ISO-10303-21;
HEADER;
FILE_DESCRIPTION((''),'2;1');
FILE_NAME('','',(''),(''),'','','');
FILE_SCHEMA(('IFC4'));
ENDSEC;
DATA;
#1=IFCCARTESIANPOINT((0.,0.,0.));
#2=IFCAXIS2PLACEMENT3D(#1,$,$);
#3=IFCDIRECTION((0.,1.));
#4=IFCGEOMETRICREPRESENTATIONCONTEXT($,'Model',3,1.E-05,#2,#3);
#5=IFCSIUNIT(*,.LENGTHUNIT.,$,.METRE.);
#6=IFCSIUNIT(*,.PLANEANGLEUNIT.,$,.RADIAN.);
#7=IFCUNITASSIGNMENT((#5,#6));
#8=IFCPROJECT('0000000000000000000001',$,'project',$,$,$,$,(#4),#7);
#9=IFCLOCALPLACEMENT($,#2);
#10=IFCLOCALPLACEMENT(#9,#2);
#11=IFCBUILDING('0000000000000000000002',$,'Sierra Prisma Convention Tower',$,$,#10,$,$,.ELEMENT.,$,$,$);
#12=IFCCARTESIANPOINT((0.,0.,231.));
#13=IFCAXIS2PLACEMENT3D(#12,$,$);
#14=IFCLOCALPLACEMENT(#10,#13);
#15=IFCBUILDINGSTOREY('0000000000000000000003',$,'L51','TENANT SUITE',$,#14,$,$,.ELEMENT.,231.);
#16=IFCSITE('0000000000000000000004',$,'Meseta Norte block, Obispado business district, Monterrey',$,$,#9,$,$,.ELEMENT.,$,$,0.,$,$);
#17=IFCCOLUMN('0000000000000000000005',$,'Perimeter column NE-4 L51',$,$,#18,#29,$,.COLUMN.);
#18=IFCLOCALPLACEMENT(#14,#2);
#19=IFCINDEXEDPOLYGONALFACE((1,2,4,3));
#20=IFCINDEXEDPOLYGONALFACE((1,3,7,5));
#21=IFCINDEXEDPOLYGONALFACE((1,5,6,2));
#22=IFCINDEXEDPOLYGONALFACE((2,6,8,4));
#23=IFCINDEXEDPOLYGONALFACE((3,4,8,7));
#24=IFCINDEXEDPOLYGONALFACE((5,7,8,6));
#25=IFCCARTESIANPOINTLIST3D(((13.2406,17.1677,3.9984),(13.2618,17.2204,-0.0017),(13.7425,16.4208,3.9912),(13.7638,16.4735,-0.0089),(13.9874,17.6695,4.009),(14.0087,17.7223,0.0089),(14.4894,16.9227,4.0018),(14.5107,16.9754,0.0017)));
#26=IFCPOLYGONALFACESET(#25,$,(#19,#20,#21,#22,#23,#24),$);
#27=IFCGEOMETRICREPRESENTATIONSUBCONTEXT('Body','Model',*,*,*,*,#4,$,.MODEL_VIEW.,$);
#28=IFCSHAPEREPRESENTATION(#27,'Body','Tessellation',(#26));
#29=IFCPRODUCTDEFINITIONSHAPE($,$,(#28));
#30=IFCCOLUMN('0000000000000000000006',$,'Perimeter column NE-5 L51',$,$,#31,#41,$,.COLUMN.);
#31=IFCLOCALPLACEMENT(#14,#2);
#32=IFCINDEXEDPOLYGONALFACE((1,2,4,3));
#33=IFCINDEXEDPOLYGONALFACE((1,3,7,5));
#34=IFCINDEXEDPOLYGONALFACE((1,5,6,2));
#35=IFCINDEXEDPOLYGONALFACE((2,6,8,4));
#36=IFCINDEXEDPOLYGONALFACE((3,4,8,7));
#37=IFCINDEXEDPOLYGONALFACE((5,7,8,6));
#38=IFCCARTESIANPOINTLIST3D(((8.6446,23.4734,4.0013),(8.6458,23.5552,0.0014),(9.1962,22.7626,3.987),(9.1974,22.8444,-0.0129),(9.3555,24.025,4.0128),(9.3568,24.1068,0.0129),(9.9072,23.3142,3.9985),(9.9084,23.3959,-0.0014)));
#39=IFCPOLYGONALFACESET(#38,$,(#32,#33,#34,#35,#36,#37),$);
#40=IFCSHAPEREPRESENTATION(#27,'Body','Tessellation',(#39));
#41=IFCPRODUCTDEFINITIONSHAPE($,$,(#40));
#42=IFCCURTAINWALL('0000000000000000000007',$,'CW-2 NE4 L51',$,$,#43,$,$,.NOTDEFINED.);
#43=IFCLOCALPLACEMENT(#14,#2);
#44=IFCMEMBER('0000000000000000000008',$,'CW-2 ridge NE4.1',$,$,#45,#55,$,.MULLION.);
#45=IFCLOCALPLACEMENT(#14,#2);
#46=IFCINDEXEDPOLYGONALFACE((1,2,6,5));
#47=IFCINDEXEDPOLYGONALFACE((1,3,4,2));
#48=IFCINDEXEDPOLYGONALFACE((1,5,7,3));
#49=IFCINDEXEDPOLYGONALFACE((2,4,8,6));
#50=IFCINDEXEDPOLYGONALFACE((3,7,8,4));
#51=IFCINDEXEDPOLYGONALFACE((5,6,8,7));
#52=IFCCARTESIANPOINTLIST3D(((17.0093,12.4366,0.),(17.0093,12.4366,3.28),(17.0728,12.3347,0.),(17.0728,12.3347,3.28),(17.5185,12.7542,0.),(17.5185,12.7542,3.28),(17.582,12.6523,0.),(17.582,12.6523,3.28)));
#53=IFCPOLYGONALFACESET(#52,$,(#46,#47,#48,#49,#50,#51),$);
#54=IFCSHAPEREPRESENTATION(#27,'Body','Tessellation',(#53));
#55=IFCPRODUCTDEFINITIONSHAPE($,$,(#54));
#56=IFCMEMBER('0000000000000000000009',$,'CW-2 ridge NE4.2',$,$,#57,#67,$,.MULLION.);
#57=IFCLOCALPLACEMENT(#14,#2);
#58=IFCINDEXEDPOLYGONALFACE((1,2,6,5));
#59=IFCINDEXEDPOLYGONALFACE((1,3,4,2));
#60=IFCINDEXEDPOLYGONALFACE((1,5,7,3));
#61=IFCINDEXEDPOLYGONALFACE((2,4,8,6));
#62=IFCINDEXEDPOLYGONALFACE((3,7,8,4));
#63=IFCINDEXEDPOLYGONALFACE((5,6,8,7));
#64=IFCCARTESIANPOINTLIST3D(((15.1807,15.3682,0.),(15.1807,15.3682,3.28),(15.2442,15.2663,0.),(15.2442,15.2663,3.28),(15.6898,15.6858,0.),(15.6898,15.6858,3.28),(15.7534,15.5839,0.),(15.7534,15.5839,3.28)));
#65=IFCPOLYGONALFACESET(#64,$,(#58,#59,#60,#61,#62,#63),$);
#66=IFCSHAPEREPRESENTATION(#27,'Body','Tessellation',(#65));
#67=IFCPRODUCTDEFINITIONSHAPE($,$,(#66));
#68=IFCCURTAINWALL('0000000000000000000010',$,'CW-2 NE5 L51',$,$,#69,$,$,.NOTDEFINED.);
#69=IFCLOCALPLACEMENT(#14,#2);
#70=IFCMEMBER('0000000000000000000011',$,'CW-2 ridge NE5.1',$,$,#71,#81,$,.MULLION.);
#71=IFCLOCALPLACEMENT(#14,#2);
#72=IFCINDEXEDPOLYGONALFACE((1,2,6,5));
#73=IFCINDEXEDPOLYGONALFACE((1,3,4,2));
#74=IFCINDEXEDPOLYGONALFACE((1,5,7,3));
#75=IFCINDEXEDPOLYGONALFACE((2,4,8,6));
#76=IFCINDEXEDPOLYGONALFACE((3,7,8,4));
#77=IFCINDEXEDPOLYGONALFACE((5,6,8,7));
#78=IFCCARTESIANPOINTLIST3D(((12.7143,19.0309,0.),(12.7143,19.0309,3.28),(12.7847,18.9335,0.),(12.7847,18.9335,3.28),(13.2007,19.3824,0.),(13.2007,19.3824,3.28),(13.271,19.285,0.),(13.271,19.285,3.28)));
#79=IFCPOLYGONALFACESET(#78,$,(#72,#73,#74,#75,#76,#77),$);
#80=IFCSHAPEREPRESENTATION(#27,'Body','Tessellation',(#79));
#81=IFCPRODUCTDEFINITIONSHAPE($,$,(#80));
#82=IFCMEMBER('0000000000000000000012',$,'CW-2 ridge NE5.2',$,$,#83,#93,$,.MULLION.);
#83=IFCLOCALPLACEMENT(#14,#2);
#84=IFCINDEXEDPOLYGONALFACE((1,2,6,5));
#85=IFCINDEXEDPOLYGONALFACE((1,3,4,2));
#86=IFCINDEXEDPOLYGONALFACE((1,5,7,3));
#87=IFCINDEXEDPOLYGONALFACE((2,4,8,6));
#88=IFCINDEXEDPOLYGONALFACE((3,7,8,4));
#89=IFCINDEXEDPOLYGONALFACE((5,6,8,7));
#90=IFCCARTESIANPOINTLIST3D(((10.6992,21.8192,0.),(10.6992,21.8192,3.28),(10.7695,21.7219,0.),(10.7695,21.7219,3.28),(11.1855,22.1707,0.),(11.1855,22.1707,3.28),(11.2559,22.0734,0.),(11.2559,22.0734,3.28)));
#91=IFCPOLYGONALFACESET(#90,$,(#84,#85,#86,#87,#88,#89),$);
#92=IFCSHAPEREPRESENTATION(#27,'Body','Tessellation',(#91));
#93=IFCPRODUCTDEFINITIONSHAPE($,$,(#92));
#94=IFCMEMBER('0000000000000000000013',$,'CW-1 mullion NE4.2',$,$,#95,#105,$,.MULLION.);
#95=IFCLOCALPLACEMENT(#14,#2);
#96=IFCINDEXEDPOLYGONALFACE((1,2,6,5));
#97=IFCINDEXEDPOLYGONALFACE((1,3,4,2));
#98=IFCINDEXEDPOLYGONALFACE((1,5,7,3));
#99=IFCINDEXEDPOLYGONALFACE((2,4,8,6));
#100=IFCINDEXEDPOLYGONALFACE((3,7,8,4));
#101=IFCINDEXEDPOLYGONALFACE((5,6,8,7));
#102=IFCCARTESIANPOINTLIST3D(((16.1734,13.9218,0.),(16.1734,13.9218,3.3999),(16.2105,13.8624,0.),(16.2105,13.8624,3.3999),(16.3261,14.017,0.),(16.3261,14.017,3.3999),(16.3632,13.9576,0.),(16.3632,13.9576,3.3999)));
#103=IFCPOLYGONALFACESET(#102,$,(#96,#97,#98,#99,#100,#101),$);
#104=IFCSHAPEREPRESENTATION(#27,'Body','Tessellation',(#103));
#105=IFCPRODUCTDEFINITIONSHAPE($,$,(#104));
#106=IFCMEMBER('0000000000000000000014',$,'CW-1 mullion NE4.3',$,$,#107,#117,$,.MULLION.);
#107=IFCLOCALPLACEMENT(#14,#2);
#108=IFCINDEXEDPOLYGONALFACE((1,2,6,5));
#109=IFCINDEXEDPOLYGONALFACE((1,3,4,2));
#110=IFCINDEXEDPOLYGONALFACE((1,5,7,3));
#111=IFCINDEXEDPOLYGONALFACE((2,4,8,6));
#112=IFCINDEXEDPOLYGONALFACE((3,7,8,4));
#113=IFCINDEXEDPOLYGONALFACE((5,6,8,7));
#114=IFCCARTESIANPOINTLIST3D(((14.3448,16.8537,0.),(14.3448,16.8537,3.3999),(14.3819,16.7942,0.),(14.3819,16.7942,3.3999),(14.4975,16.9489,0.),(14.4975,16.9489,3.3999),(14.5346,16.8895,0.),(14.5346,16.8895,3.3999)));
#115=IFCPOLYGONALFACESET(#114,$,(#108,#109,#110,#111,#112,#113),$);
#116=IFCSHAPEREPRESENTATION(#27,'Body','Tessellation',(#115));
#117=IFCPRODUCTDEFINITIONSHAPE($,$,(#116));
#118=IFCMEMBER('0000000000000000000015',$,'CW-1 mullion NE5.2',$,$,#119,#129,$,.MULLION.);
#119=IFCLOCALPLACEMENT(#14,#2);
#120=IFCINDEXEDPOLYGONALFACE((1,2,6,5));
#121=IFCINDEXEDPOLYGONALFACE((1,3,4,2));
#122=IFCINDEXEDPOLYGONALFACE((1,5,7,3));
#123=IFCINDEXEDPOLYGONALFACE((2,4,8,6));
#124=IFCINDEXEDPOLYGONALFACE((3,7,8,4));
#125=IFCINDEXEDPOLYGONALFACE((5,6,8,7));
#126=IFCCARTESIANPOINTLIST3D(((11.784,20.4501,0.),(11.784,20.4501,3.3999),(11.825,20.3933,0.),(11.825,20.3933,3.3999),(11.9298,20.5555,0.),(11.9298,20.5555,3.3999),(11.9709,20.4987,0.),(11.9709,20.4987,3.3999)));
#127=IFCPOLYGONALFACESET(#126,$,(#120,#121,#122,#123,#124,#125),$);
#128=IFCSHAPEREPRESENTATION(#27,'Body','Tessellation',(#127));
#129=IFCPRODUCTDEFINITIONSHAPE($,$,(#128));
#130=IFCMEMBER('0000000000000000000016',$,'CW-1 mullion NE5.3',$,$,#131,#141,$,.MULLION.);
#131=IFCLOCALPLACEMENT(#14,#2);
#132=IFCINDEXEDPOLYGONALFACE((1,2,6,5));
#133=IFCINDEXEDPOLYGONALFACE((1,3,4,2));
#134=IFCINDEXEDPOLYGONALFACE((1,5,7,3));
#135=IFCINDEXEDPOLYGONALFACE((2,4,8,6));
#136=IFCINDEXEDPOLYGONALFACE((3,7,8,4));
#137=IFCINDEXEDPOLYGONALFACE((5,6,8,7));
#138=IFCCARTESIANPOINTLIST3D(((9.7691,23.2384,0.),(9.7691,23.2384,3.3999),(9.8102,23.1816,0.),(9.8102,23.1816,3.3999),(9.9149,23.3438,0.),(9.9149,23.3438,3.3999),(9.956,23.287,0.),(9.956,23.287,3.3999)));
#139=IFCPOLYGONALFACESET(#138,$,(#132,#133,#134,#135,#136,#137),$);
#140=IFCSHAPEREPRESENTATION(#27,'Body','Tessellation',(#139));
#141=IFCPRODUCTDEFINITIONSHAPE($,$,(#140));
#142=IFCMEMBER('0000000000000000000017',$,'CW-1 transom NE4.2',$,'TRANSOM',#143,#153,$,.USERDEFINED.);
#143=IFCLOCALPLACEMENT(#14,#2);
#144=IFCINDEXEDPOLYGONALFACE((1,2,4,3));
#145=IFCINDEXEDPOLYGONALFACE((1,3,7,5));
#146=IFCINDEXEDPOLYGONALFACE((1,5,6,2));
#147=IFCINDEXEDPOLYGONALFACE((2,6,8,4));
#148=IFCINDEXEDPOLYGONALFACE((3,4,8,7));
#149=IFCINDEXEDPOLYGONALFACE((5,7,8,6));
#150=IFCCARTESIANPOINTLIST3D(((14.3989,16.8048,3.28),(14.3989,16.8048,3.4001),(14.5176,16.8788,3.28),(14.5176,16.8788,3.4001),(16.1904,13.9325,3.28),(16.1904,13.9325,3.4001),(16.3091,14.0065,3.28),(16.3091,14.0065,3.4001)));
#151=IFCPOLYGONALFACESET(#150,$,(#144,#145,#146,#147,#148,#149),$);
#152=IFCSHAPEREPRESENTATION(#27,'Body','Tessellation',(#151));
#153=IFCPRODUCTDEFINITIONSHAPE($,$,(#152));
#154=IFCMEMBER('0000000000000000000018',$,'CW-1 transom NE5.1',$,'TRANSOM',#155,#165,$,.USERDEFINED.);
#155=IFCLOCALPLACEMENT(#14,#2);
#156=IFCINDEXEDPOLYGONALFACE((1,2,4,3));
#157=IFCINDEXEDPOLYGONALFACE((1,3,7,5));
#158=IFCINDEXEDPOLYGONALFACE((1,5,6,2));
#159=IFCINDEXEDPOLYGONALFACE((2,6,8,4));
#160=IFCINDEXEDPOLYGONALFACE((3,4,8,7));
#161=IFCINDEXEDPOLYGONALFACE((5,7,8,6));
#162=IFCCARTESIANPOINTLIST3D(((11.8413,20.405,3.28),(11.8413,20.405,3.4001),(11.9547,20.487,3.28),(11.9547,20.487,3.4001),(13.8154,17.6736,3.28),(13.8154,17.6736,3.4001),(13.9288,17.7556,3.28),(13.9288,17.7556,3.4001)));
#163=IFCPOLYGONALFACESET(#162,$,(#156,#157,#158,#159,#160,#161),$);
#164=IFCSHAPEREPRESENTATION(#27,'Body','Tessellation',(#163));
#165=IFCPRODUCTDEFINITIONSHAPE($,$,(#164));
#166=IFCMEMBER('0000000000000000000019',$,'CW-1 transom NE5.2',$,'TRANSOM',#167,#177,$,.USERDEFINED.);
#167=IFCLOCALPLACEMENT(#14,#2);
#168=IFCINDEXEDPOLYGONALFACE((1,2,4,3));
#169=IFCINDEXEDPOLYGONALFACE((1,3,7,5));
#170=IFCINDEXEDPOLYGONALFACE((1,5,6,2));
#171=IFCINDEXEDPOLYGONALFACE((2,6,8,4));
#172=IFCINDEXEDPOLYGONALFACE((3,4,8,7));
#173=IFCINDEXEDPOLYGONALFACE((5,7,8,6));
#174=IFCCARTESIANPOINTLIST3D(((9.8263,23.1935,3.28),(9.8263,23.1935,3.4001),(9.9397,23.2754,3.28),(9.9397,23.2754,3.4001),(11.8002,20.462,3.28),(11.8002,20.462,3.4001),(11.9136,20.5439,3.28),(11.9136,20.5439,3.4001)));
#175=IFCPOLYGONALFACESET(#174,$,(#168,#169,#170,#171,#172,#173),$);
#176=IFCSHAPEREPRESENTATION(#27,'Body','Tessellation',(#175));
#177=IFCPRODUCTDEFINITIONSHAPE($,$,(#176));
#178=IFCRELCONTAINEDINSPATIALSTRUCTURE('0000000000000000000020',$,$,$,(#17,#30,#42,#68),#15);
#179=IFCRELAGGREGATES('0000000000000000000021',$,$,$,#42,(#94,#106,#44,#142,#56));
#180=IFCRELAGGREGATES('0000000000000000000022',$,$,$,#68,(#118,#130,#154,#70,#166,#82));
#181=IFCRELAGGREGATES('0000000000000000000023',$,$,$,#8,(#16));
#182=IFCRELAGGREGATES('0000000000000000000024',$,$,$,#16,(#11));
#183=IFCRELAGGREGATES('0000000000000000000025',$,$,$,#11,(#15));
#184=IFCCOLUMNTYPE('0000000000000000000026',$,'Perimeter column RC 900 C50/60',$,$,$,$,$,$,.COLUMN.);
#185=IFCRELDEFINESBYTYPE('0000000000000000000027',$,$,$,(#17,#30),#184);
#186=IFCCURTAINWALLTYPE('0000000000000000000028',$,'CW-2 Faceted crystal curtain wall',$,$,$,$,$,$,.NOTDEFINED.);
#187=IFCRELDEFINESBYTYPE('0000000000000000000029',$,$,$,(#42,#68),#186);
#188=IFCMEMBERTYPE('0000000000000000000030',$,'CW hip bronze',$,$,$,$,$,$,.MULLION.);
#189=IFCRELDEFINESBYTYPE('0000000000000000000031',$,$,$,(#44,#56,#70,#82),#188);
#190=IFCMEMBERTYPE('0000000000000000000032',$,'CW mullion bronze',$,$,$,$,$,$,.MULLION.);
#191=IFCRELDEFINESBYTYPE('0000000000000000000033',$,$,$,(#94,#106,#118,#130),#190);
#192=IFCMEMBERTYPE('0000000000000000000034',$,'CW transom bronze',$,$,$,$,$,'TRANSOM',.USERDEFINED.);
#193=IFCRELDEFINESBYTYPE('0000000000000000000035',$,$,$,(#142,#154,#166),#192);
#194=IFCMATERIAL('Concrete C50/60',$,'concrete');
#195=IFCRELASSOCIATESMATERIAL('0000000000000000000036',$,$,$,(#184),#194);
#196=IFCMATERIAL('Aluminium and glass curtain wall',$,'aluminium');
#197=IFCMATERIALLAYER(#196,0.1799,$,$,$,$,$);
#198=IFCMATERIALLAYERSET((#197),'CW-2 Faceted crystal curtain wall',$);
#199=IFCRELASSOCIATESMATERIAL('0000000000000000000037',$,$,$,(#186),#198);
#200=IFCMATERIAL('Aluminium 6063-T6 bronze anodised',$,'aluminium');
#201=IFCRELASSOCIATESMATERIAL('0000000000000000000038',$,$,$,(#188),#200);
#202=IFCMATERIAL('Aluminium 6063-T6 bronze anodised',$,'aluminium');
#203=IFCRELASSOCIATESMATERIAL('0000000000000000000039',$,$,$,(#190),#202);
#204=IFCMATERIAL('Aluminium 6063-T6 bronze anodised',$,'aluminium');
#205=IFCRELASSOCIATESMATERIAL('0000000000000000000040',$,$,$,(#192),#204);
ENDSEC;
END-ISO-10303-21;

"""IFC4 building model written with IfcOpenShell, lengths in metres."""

from ifc_helpers import new_model, si_unit, direction, frame, origin, origin_2d, place, context, subcontext, project, spatial, rectangle, extrude, material, layer, layer_set, material_profile, profile_set, type_object, element, aggregate, save


model = new_model("IFC4")

# Units and contexts
model_context = context("Model", 3, precision=1e-05, world=origin(), true_north=direction((0.0, 1.0)))
body_context = subcontext(model_context, "Body", "Model", "MODEL_VIEW")
ifc_project = project(units=[si_unit("LENGTHUNIT", "METRE"), si_unit("PLANEANGLEUNIT", "RADIAN")], contexts=[model_context])

# Site, building, storey
site_placement = place(None, origin())
site = spatial("IfcSite", under=ifc_project, at=site_placement, Name="Meseta Norte block, Obispado business district, Monterrey", CompositionType="ELEMENT", RefElevation=0.0)
building_placement = place(site_placement, origin())
building = spatial("IfcBuilding", under=site, at=building_placement, Name="Sierra Prisma Convention Tower", CompositionType="ELEMENT")
storey_placement = place(building_placement, frame((0.0, 0.0, 231.0)))
storey = spatial("IfcBuildingStorey", under=building, at=storey_placement, Name="L51", Description="TENANT SUITE", CompositionType="ELEMENT", Elevation=231.0)

# Columns
ifc_material_1 = material(Name="Concrete C50/60", Category="concrete")
ifc_material_profile_1 = material_profile(ifc_material_1, rectangle(XDim=0.8999, YDim=0.8999, at=origin_2d()), Name="Perimeter column RC 900 C50/60")
ifc_profile_set_1 = profile_set([ifc_material_profile_1], Name="Concrete C50/60")
column_type = type_object("IfcColumnType", Name="Perimeter column RC 900 C50/60", PredefinedType="COLUMN", material=ifc_profile_set_1)
column_1_placement = place(storey_placement, frame((13.8862, 17.0979, 0.0), z_axis=(-0.00531, -0.013182, 0.999899), x_axis=(-0.557801, 0.829936, 0.00798)))
element("IfcColumn", 1, at=column_1_placement, inside=storey, type_object=column_type, Name="Perimeter column NE-4 L51", PredefinedType="COLUMN", context=body_context, shape_type="SweptSolid", body=[
    extrude(rectangle(XDim=0.8999, YDim=0.8999, at=origin_2d()), origin(), (0.0, 0.0, 1.0), 4.0005),
])
column_2_placement = place(storey_placement, frame((9.2771, 23.4756, 0.0), z_axis=(-0.000305, -0.020443, 0.999791), x_axis=(-0.613027, 0.789901, 0.015964)))
element("IfcColumn", 2, at=column_2_placement, inside=storey, type_object=column_type, Name="Perimeter column NE-5 L51", PredefinedType="COLUMN", context=body_context, shape_type="SweptSolid", body=[
    extrude(rectangle(XDim=0.8999, YDim=0.8999, at=origin_2d()), origin(), (0.0, 0.0, 1.0), 4.0007),
])

# Curtain walls, members
ifc_material_2 = material(Name="Aluminium and glass curtain wall", Category="aluminium")
ifc_layer_1 = layer(ifc_material_2, 0.1799)
ifc_layer_set_1 = layer_set([ifc_layer_1], Name="CW-2 Faceted crystal curtain wall")
curtain_wall_type = type_object("IfcCurtainWallType", Name="CW-2 Faceted crystal curtain wall", PredefinedType="NOTDEFINED", material=ifc_layer_set_1)
curtain_wall_1_placement = place(storey_placement, origin())
curtain_wall_1 = element("IfcCurtainWall", 3, at=curtain_wall_1_placement, inside=storey, type_object=curtain_wall_type, Name="CW-2 NE4 L51", PredefinedType="NOTDEFINED")
ifc_material_3 = material(Name="Aluminium 6063-T6 bronze anodised", Category="aluminium")
ifc_material_profile_2 = material_profile(ifc_material_3, rectangle(XDim=0.1201, YDim=0.6001, at=origin_2d()), Name="ALU RIDGE BLADE 120x600")
ifc_profile_set_2 = profile_set([ifc_material_profile_2], Name="Aluminium 6063-T6 bronze anodised")
member_type_1 = type_object("IfcMemberType", Name="CW hip bronze", PredefinedType="MULLION", material=ifc_profile_set_2)
member_1_placement = place(storey_placement, frame((17.2957, 12.5444, 0.0), z_axis=(0.0, 0.0, 1.0), x_axis=(-0.529211, 0.84849, 0.0)))
member_1 = element("IfcMember", 4, at=member_1_placement, type_object=member_type_1, Name="CW-2 ridge NE4.1", PredefinedType="MULLION", context=body_context, shape_type="SweptSolid", body=[
    extrude(rectangle(XDim=0.1201, YDim=0.6001, at=origin_2d()), origin(), (0.0, 0.0, 1.0), 3.28),
])
member_2_placement = place(storey_placement, frame((15.467, 15.4761, 0.0), z_axis=(0.0, 0.0, 1.0), x_axis=(-0.529211, 0.84849, 0.0)))
member_2 = element("IfcMember", 5, at=member_2_placement, type_object=member_type_1, Name="CW-2 ridge NE4.2", PredefinedType="MULLION", context=body_context, shape_type="SweptSolid", body=[
    extrude(rectangle(XDim=0.1201, YDim=0.6001, at=origin_2d()), origin(), (0.0, 0.0, 1.0), 3.28),
])
curtain_wall_2_placement = place(storey_placement, origin())
curtain_wall_2 = element("IfcCurtainWall", 6, at=curtain_wall_2_placement, inside=storey, type_object=curtain_wall_type, Name="CW-2 NE5 L51", PredefinedType="NOTDEFINED")
member_3_placement = place(storey_placement, frame((12.9927, 19.158, 0.0), z_axis=(0.0, 0.0, 1.0), x_axis=(-0.585758, 0.810486, 0.0)))
member_3 = element("IfcMember", 7, at=member_3_placement, type_object=member_type_1, Name="CW-2 ridge NE5.1", PredefinedType="MULLION", context=body_context, shape_type="SweptSolid", body=[
    extrude(rectangle(XDim=0.1201, YDim=0.6001, at=origin_2d()), origin(), (0.0, 0.0, 1.0), 3.28),
])
member_4_placement = place(storey_placement, frame((10.9775, 21.9463, 0.0), z_axis=(0.0, 0.0, 1.0), x_axis=(-0.585758, 0.810486, 0.0)))
member_4 = element("IfcMember", 8, at=member_4_placement, type_object=member_type_1, Name="CW-2 ridge NE5.2", PredefinedType="MULLION", context=body_context, shape_type="SweptSolid", body=[
    extrude(rectangle(XDim=0.1201, YDim=0.6001, at=origin_2d()), origin(), (0.0, 0.0, 1.0), 3.28),
])

# Members
ifc_material_4 = material(Name="Aluminium 6063-T6 bronze anodised", Category="aluminium")
ifc_material_profile_3 = material_profile(ifc_material_4, rectangle(XDim=0.1799, YDim=0.0701, at=origin_2d()), Name="ALU MULLION 70x180")
ifc_profile_set_3 = profile_set([ifc_material_profile_3], Name="Aluminium 6063-T6 bronze anodised")
member_type_2 = type_object("IfcMemberType", Name="CW mullion bronze", PredefinedType="MULLION", material=ifc_profile_set_3)
member_5_placement = place(storey_placement, frame((16.2683, 13.9397, 0.0), z_axis=(0.0, 0.0, 1.0), x_axis=(-0.84849, -0.529211, 0.0)))
member_5 = element("IfcMember", 9, at=member_5_placement, type_object=member_type_2, Name="CW-1 mullion NE4.2", PredefinedType="MULLION", context=body_context, shape_type="SweptSolid", body=[
    extrude(rectangle(XDim=0.1799, YDim=0.0701, at=origin_2d()), origin(), (0.0, 0.0, 1.0), 3.3999),
])
member_6_placement = place(storey_placement, frame((14.4397, 16.8716, 0.0), z_axis=(0.0, 0.0, 1.0), x_axis=(-0.84849, -0.529211, 0.0)))
member_6 = element("IfcMember", 10, at=member_6_placement, type_object=member_type_2, Name="CW-1 mullion NE4.3", PredefinedType="MULLION", context=body_context, shape_type="SweptSolid", body=[
    extrude(rectangle(XDim=0.1799, YDim=0.0701, at=origin_2d()), origin(), (0.0, 0.0, 1.0), 3.3999),
])
member_7_placement = place(storey_placement, frame((11.8774, 20.4744, 0.0), z_axis=(0.0, 0.0, 1.0), x_axis=(-0.810486, -0.585758, 0.0)))
member_7 = element("IfcMember", 11, at=member_7_placement, type_object=member_type_2, Name="CW-1 mullion NE5.2", PredefinedType="MULLION", context=body_context, shape_type="SweptSolid", body=[
    extrude(rectangle(XDim=0.1799, YDim=0.0701, at=origin_2d()), origin(), (0.0, 0.0, 1.0), 3.3999),
])
member_8_placement = place(storey_placement, frame((9.8625, 23.2627, 0.0), z_axis=(0.0, 0.0, 1.0), x_axis=(-0.810486, -0.585758, 0.0)))
member_8 = element("IfcMember", 12, at=member_8_placement, type_object=member_type_2, Name="CW-1 mullion NE5.3", PredefinedType="MULLION", context=body_context, shape_type="SweptSolid", body=[
    extrude(rectangle(XDim=0.1799, YDim=0.0701, at=origin_2d()), origin(), (0.0, 0.0, 1.0), 3.3999),
])
ifc_material_5 = material(Name="Aluminium 6063-T6 bronze anodised", Category="aluminium")
ifc_material_profile_4 = material_profile(ifc_material_5, rectangle(XDim=0.1399, YDim=0.1201, at=origin_2d()), Name="ALU TRANSOM 120x140")
ifc_profile_set_4 = profile_set([ifc_material_profile_4], Name="Aluminium 6063-T6 bronze anodised")
member_type_3 = type_object("IfcMemberType", Name="CW transom bronze", ElementType="TRANSOM", PredefinedType="USERDEFINED", material=ifc_profile_set_4)
member_9_placement = place(storey_placement, frame((16.2498, 13.9695, 3.3401), z_axis=(-0.529214, 0.848488, 0.0), x_axis=(-0.848488, -0.529214, 0.0)))
member_9 = element("IfcMember", 13, at=member_9_placement, type_object=member_type_3, Name="CW-1 transom NE4.2", ObjectType="TRANSOM", PredefinedType="USERDEFINED", context=body_context, shape_type="SweptSolid", body=[
    extrude(rectangle(XDim=0.1399, YDim=0.1201, at=origin_2d()), origin(), (0.0, 0.0, 1.0), 3.3853),
])
member_10_placement = place(storey_placement, frame((13.8721, 17.7146, 3.3401), z_axis=(-0.585766, 0.810481, 0.0), x_axis=(-0.810481, -0.585766, 0.0)))
member_10 = element("IfcMember", 14, at=member_10_placement, type_object=member_type_3, Name="CW-1 transom NE5.1", ObjectType="TRANSOM", PredefinedType="USERDEFINED", context=body_context, shape_type="SweptSolid", body=[
    extrude(rectangle(XDim=0.1399, YDim=0.1201, at=origin_2d()), origin(), (0.0, 0.0, 1.0), 3.3701),
])
member_11_placement = place(storey_placement, frame((11.8569, 20.5029, 3.3401), z_axis=(-0.585718, 0.810515, 0.0), x_axis=(-0.810515, -0.585718, 0.0)))
member_11 = element("IfcMember", 15, at=member_11_placement, type_object=member_type_3, Name="CW-1 transom NE5.2", ObjectType="TRANSOM", PredefinedType="USERDEFINED", context=body_context, shape_type="SweptSolid", body=[
    extrude(rectangle(XDim=0.1399, YDim=0.1201, at=origin_2d()), origin(), (0.0, 0.0, 1.0), 3.3701),
])

aggregate(curtain_wall_1, [member_5, member_6, member_1, member_9, member_2])
aggregate(curtain_wall_2, [member_7, member_8, member_10, member_3, member_11, member_4])

save(model, "model.ifc")
